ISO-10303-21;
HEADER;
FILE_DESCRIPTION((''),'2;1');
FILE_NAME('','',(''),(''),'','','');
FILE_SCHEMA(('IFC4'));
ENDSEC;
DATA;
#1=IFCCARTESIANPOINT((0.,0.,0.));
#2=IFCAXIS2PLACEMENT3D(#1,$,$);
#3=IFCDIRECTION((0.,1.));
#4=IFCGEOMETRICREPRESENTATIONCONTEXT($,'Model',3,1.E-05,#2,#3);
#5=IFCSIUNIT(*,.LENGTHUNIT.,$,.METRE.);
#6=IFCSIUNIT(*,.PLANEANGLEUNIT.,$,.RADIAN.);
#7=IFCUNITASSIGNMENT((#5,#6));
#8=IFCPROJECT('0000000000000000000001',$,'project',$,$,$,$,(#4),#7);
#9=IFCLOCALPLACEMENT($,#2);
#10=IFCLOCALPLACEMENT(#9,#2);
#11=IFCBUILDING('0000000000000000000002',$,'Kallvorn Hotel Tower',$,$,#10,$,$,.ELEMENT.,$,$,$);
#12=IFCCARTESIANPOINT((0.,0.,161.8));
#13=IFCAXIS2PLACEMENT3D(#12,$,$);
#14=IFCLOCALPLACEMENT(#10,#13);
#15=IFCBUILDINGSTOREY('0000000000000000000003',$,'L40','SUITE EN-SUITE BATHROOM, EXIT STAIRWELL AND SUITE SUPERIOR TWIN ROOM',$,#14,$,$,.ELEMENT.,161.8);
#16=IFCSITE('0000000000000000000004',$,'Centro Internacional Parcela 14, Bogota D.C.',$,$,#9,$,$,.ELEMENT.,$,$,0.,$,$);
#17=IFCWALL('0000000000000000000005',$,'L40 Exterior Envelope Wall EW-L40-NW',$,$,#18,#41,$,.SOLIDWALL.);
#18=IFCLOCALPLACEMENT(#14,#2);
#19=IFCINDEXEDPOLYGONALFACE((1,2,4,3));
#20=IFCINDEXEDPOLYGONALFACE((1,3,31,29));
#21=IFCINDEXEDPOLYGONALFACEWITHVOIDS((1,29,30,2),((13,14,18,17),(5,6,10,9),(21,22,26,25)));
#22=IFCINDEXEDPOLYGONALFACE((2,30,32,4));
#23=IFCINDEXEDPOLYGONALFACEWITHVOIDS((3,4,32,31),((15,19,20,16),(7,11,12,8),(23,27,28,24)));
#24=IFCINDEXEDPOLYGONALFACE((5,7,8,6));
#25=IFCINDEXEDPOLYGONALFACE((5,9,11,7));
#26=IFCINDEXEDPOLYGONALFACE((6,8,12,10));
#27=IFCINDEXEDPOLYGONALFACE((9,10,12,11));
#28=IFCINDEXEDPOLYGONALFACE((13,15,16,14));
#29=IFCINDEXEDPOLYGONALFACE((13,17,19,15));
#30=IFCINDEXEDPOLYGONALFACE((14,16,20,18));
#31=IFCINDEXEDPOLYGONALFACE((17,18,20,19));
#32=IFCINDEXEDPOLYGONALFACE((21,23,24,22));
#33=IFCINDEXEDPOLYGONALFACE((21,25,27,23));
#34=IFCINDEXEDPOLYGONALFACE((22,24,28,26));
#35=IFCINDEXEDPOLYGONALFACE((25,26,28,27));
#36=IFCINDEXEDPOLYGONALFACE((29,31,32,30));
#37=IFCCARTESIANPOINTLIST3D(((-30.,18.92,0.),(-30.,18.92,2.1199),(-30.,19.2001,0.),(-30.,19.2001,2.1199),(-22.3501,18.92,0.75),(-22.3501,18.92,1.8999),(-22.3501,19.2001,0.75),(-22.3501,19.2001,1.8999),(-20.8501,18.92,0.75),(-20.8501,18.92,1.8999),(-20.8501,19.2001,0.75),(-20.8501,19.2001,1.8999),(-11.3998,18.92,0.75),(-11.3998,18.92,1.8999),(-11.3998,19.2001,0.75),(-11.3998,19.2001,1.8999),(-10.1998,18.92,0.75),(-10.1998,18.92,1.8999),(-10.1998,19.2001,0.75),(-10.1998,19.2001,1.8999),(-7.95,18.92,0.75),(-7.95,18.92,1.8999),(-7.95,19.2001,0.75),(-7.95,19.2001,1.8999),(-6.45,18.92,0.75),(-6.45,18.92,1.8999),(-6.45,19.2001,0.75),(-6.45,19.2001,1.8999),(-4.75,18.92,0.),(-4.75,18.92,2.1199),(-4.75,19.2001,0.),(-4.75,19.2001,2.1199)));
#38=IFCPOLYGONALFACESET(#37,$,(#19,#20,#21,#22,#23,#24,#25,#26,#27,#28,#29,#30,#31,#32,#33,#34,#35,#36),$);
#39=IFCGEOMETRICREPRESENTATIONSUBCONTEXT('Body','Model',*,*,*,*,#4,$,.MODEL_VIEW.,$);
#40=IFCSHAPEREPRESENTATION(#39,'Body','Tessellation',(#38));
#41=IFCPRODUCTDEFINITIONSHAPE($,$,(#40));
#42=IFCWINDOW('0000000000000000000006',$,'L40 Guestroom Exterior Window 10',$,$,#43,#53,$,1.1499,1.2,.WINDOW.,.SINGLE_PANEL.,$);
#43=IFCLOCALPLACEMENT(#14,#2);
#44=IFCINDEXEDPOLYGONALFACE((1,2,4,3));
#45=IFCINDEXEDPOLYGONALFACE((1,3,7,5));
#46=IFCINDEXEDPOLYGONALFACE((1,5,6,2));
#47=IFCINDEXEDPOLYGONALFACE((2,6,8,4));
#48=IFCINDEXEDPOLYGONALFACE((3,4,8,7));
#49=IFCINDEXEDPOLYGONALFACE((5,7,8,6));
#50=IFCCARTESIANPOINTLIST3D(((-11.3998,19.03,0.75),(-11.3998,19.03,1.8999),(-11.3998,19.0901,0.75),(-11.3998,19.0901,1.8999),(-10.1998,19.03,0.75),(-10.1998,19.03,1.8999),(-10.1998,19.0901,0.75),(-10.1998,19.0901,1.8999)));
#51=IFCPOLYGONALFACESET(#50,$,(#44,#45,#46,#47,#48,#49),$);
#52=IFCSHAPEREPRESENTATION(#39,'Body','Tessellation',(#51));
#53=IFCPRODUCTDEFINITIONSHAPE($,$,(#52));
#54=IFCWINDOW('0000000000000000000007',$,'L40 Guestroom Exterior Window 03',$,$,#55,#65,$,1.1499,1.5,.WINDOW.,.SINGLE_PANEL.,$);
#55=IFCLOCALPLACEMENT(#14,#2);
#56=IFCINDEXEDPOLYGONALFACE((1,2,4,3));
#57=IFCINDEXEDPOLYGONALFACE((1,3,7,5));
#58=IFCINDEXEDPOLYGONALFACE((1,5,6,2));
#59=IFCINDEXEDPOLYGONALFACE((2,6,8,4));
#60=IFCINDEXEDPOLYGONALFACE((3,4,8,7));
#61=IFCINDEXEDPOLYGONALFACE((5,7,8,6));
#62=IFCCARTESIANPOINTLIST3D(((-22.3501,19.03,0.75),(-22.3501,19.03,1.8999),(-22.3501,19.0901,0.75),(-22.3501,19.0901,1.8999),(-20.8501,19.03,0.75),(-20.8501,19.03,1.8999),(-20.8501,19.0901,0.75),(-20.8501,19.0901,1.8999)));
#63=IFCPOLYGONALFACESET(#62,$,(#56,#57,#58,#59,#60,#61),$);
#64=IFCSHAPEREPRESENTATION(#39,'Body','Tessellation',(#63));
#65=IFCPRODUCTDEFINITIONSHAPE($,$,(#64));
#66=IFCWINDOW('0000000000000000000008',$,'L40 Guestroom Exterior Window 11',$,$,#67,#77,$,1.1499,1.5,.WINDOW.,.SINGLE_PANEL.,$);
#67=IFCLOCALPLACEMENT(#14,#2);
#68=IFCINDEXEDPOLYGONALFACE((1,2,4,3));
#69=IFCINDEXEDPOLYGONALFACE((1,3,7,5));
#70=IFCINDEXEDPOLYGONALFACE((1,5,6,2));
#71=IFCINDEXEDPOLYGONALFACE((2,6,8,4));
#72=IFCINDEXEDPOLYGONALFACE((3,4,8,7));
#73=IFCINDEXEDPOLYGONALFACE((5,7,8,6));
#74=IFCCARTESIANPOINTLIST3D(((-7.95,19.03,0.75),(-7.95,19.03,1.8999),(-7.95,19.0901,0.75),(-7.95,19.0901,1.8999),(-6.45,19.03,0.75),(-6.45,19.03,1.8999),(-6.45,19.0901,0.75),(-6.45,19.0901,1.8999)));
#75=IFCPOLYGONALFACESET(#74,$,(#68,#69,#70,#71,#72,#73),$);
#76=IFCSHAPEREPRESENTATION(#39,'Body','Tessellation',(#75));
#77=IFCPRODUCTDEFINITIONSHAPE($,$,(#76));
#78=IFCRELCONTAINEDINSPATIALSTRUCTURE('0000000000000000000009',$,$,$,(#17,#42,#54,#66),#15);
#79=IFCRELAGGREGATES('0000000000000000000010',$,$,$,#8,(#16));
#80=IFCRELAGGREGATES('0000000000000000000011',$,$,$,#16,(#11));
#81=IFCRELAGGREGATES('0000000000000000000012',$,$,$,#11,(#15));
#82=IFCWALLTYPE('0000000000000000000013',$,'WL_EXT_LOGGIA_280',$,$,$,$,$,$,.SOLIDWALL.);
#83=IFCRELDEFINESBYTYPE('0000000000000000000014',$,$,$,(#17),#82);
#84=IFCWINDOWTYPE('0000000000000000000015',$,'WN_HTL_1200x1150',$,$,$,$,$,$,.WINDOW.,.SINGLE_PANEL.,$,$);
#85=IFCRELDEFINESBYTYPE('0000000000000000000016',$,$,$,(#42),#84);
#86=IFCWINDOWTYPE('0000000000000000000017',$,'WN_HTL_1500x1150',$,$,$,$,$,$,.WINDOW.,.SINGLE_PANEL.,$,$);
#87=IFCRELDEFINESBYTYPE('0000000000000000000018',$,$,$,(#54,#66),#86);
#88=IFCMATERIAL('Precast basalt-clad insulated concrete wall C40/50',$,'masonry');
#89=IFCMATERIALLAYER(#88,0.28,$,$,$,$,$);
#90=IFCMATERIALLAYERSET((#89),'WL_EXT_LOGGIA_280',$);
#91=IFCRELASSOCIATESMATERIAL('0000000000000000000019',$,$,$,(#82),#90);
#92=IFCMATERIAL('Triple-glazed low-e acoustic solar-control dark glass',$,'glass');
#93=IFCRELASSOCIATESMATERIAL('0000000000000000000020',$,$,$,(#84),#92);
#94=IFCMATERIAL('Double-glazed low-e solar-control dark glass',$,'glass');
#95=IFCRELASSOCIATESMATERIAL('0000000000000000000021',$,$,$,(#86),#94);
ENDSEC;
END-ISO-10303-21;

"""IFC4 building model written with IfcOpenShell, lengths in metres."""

from ifc_helpers import new_model, si_unit, direction, frame, frame_2d, origin, place, context, subcontext, project, spatial, rectangle, extrude, material, layer, layer_set, type_object, element, fill, save


model = new_model("IFC4")

# Units and contexts
model_context = context("Model", 3, precision=1e-05, world=origin(), true_north=direction((0.0, 1.0)))
body_context = subcontext(model_context, "Body", "Model", "MODEL_VIEW")
ifc_project = project(units=[si_unit("LENGTHUNIT", "METRE"), si_unit("PLANEANGLEUNIT", "RADIAN")], contexts=[model_context])

# Site, building, storey
site_placement = place(None, origin())
site = spatial("IfcSite", under=ifc_project, at=site_placement, Name="Centro Internacional Parcela 14, Bogota D.C.", CompositionType="ELEMENT", RefElevation=0.0)
building_placement = place(site_placement, origin())
building = spatial("IfcBuilding", under=site, at=building_placement, Name="Kallvorn Hotel Tower", CompositionType="ELEMENT")
storey_placement = place(building_placement, frame((0.0, 0.0, 161.8)))
storey = spatial("IfcBuildingStorey", under=building, at=storey_placement, Name="L40", Description="SUITE EN-SUITE BATHROOM, EXIT STAIRWELL AND SUITE SUPERIOR TWIN ROOM", CompositionType="ELEMENT", Elevation=161.8)

# Shared definitions
ifc_material_1 = material(Name="Precast basalt-clad insulated concrete wall C40/50", Category="masonry")
ifc_layer_1 = layer(ifc_material_1, 0.28)
ifc_layer_set_1 = layer_set([ifc_layer_1], Name="WL_EXT_LOGGIA_280")
wall_type = type_object("IfcWallType", Name="WL_EXT_LOGGIA_280", PredefinedType="SOLIDWALL", material=ifc_layer_set_1)

# Wall, openings, windows
wall_1_placement = place(storey_placement, frame((-30.0, 19.0601, 0.0), z_axis=(0.0, 0.0, 1.0), x_axis=(1.0, 0.0, 0.0)))
wall_1 = element("IfcWall", 1, at=wall_1_placement, inside=storey, type_object=wall_type, Name="L40 Exterior Envelope Wall EW-L40-NW", PredefinedType="SOLIDWALL", context=body_context, shape_type="SweptSolid", body=[
    extrude(rectangle(XDim=25.25, YDim=0.28, at=frame_2d((12.625, 0.0))), origin(), (0.0, 0.0, 1.0), 2.1199),
])
opening_1_placement = place(wall_1_placement, frame((7.6499, 0.0, 0.75)))
opening_1 = element("IfcOpeningElement", 2, at=opening_1_placement, cuts=wall_1, PredefinedType="OPENING", context=body_context, shape_type="SweptSolid", body=[
    extrude(rectangle(XDim=1.5, YDim=1.1499, at=frame_2d((0.75, 0.575))), frame((0.0, 0.155, 0.0), z_axis=(0.0, -1.0, 0.0), x_axis=(1.0, 0.0, 0.0)), (0.0, 0.0, 1.0), 0.3101),
])
opening_2_placement = place(wall_1_placement, frame((18.6001, 0.0, 0.75)))
opening_2 = element("IfcOpeningElement", 3, at=opening_2_placement, cuts=wall_1, PredefinedType="OPENING", context=body_context, shape_type="SweptSolid", body=[
    extrude(rectangle(XDim=1.2, YDim=1.1499, at=frame_2d((0.6001, 0.575))), frame((0.0, 0.155, 0.0), z_axis=(0.0, -1.0, 0.0), x_axis=(1.0, 0.0, 0.0)), (0.0, 0.0, 1.0), 0.3101),
])
opening_3_placement = place(wall_1_placement, frame((22.05, 0.0, 0.75)))
opening_3 = element("IfcOpeningElement", 4, at=opening_3_placement, cuts=wall_1, PredefinedType="OPENING", context=body_context, shape_type="SweptSolid", body=[
    extrude(rectangle(XDim=1.5, YDim=1.1499, at=frame_2d((0.75, 0.575))), frame((0.0, 0.155, 0.0), z_axis=(0.0, -1.0, 0.0), x_axis=(1.0, 0.0, 0.0)), (0.0, 0.0, 1.0), 0.3101),
])
ifc_material_2 = material(Name="Triple-glazed low-e acoustic solar-control dark glass", Category="glass")
window_type_1 = type_object("IfcWindowType", Name="WN_HTL_1200x1150", PartitioningType="SINGLE_PANEL", PredefinedType="WINDOW", material=ifc_material_2)
window_1_placement = place(opening_2_placement, origin())
window_1 = element("IfcWindow", 5, at=window_1_placement, inside=storey, type_object=window_type_1, Name="L40 Guestroom Exterior Window 10", OverallHeight=1.1499, OverallWidth=1.2, PartitioningType="SINGLE_PANEL", PredefinedType="WINDOW", context=body_context, shape_type="SweptSolid", body=[
    extrude(rectangle(XDim=1.2, YDim=1.1499, at=frame_2d((0.6001, 0.575))), frame((0.0, 0.03, 0.0), z_axis=(0.0, -1.0, 0.0), x_axis=(1.0, 0.0, 0.0)), (0.0, 0.0, 1.0), 0.0601),
])
fill(opening_2, window_1)
ifc_material_3 = material(Name="Double-glazed low-e solar-control dark glass", Category="glass")
window_type_2 = type_object("IfcWindowType", Name="WN_HTL_1500x1150", PartitioningType="SINGLE_PANEL", PredefinedType="WINDOW", material=ifc_material_3)
window_2_placement = place(opening_1_placement, origin())
window_2 = element("IfcWindow", 6, at=window_2_placement, inside=storey, type_object=window_type_2, Name="L40 Guestroom Exterior Window 03", OverallHeight=1.1499, OverallWidth=1.5, PartitioningType="SINGLE_PANEL", PredefinedType="WINDOW", context=body_context, shape_type="SweptSolid", body=[
    extrude(rectangle(XDim=1.5, YDim=1.1499, at=frame_2d((0.75, 0.575))), frame((0.0, 0.03, 0.0), z_axis=(0.0, -1.0, 0.0), x_axis=(1.0, 0.0, 0.0)), (0.0, 0.0, 1.0), 0.0601),
])
fill(opening_1, window_2)
window_3_placement = place(opening_3_placement, origin())
window_3 = element("IfcWindow", 7, at=window_3_placement, inside=storey, type_object=window_type_2, Name="L40 Guestroom Exterior Window 11", OverallHeight=1.1499, OverallWidth=1.5, PartitioningType="SINGLE_PANEL", PredefinedType="WINDOW", context=body_context, shape_type="SweptSolid", body=[
    extrude(rectangle(XDim=1.5, YDim=1.1499, at=frame_2d((0.75, 0.575))), frame((0.0, 0.03, 0.0), z_axis=(0.0, -1.0, 0.0), x_axis=(1.0, 0.0, 0.0)), (0.0, 0.0, 1.0), 0.0601),
])
fill(opening_3, window_3)

save(model, "model.ifc")
